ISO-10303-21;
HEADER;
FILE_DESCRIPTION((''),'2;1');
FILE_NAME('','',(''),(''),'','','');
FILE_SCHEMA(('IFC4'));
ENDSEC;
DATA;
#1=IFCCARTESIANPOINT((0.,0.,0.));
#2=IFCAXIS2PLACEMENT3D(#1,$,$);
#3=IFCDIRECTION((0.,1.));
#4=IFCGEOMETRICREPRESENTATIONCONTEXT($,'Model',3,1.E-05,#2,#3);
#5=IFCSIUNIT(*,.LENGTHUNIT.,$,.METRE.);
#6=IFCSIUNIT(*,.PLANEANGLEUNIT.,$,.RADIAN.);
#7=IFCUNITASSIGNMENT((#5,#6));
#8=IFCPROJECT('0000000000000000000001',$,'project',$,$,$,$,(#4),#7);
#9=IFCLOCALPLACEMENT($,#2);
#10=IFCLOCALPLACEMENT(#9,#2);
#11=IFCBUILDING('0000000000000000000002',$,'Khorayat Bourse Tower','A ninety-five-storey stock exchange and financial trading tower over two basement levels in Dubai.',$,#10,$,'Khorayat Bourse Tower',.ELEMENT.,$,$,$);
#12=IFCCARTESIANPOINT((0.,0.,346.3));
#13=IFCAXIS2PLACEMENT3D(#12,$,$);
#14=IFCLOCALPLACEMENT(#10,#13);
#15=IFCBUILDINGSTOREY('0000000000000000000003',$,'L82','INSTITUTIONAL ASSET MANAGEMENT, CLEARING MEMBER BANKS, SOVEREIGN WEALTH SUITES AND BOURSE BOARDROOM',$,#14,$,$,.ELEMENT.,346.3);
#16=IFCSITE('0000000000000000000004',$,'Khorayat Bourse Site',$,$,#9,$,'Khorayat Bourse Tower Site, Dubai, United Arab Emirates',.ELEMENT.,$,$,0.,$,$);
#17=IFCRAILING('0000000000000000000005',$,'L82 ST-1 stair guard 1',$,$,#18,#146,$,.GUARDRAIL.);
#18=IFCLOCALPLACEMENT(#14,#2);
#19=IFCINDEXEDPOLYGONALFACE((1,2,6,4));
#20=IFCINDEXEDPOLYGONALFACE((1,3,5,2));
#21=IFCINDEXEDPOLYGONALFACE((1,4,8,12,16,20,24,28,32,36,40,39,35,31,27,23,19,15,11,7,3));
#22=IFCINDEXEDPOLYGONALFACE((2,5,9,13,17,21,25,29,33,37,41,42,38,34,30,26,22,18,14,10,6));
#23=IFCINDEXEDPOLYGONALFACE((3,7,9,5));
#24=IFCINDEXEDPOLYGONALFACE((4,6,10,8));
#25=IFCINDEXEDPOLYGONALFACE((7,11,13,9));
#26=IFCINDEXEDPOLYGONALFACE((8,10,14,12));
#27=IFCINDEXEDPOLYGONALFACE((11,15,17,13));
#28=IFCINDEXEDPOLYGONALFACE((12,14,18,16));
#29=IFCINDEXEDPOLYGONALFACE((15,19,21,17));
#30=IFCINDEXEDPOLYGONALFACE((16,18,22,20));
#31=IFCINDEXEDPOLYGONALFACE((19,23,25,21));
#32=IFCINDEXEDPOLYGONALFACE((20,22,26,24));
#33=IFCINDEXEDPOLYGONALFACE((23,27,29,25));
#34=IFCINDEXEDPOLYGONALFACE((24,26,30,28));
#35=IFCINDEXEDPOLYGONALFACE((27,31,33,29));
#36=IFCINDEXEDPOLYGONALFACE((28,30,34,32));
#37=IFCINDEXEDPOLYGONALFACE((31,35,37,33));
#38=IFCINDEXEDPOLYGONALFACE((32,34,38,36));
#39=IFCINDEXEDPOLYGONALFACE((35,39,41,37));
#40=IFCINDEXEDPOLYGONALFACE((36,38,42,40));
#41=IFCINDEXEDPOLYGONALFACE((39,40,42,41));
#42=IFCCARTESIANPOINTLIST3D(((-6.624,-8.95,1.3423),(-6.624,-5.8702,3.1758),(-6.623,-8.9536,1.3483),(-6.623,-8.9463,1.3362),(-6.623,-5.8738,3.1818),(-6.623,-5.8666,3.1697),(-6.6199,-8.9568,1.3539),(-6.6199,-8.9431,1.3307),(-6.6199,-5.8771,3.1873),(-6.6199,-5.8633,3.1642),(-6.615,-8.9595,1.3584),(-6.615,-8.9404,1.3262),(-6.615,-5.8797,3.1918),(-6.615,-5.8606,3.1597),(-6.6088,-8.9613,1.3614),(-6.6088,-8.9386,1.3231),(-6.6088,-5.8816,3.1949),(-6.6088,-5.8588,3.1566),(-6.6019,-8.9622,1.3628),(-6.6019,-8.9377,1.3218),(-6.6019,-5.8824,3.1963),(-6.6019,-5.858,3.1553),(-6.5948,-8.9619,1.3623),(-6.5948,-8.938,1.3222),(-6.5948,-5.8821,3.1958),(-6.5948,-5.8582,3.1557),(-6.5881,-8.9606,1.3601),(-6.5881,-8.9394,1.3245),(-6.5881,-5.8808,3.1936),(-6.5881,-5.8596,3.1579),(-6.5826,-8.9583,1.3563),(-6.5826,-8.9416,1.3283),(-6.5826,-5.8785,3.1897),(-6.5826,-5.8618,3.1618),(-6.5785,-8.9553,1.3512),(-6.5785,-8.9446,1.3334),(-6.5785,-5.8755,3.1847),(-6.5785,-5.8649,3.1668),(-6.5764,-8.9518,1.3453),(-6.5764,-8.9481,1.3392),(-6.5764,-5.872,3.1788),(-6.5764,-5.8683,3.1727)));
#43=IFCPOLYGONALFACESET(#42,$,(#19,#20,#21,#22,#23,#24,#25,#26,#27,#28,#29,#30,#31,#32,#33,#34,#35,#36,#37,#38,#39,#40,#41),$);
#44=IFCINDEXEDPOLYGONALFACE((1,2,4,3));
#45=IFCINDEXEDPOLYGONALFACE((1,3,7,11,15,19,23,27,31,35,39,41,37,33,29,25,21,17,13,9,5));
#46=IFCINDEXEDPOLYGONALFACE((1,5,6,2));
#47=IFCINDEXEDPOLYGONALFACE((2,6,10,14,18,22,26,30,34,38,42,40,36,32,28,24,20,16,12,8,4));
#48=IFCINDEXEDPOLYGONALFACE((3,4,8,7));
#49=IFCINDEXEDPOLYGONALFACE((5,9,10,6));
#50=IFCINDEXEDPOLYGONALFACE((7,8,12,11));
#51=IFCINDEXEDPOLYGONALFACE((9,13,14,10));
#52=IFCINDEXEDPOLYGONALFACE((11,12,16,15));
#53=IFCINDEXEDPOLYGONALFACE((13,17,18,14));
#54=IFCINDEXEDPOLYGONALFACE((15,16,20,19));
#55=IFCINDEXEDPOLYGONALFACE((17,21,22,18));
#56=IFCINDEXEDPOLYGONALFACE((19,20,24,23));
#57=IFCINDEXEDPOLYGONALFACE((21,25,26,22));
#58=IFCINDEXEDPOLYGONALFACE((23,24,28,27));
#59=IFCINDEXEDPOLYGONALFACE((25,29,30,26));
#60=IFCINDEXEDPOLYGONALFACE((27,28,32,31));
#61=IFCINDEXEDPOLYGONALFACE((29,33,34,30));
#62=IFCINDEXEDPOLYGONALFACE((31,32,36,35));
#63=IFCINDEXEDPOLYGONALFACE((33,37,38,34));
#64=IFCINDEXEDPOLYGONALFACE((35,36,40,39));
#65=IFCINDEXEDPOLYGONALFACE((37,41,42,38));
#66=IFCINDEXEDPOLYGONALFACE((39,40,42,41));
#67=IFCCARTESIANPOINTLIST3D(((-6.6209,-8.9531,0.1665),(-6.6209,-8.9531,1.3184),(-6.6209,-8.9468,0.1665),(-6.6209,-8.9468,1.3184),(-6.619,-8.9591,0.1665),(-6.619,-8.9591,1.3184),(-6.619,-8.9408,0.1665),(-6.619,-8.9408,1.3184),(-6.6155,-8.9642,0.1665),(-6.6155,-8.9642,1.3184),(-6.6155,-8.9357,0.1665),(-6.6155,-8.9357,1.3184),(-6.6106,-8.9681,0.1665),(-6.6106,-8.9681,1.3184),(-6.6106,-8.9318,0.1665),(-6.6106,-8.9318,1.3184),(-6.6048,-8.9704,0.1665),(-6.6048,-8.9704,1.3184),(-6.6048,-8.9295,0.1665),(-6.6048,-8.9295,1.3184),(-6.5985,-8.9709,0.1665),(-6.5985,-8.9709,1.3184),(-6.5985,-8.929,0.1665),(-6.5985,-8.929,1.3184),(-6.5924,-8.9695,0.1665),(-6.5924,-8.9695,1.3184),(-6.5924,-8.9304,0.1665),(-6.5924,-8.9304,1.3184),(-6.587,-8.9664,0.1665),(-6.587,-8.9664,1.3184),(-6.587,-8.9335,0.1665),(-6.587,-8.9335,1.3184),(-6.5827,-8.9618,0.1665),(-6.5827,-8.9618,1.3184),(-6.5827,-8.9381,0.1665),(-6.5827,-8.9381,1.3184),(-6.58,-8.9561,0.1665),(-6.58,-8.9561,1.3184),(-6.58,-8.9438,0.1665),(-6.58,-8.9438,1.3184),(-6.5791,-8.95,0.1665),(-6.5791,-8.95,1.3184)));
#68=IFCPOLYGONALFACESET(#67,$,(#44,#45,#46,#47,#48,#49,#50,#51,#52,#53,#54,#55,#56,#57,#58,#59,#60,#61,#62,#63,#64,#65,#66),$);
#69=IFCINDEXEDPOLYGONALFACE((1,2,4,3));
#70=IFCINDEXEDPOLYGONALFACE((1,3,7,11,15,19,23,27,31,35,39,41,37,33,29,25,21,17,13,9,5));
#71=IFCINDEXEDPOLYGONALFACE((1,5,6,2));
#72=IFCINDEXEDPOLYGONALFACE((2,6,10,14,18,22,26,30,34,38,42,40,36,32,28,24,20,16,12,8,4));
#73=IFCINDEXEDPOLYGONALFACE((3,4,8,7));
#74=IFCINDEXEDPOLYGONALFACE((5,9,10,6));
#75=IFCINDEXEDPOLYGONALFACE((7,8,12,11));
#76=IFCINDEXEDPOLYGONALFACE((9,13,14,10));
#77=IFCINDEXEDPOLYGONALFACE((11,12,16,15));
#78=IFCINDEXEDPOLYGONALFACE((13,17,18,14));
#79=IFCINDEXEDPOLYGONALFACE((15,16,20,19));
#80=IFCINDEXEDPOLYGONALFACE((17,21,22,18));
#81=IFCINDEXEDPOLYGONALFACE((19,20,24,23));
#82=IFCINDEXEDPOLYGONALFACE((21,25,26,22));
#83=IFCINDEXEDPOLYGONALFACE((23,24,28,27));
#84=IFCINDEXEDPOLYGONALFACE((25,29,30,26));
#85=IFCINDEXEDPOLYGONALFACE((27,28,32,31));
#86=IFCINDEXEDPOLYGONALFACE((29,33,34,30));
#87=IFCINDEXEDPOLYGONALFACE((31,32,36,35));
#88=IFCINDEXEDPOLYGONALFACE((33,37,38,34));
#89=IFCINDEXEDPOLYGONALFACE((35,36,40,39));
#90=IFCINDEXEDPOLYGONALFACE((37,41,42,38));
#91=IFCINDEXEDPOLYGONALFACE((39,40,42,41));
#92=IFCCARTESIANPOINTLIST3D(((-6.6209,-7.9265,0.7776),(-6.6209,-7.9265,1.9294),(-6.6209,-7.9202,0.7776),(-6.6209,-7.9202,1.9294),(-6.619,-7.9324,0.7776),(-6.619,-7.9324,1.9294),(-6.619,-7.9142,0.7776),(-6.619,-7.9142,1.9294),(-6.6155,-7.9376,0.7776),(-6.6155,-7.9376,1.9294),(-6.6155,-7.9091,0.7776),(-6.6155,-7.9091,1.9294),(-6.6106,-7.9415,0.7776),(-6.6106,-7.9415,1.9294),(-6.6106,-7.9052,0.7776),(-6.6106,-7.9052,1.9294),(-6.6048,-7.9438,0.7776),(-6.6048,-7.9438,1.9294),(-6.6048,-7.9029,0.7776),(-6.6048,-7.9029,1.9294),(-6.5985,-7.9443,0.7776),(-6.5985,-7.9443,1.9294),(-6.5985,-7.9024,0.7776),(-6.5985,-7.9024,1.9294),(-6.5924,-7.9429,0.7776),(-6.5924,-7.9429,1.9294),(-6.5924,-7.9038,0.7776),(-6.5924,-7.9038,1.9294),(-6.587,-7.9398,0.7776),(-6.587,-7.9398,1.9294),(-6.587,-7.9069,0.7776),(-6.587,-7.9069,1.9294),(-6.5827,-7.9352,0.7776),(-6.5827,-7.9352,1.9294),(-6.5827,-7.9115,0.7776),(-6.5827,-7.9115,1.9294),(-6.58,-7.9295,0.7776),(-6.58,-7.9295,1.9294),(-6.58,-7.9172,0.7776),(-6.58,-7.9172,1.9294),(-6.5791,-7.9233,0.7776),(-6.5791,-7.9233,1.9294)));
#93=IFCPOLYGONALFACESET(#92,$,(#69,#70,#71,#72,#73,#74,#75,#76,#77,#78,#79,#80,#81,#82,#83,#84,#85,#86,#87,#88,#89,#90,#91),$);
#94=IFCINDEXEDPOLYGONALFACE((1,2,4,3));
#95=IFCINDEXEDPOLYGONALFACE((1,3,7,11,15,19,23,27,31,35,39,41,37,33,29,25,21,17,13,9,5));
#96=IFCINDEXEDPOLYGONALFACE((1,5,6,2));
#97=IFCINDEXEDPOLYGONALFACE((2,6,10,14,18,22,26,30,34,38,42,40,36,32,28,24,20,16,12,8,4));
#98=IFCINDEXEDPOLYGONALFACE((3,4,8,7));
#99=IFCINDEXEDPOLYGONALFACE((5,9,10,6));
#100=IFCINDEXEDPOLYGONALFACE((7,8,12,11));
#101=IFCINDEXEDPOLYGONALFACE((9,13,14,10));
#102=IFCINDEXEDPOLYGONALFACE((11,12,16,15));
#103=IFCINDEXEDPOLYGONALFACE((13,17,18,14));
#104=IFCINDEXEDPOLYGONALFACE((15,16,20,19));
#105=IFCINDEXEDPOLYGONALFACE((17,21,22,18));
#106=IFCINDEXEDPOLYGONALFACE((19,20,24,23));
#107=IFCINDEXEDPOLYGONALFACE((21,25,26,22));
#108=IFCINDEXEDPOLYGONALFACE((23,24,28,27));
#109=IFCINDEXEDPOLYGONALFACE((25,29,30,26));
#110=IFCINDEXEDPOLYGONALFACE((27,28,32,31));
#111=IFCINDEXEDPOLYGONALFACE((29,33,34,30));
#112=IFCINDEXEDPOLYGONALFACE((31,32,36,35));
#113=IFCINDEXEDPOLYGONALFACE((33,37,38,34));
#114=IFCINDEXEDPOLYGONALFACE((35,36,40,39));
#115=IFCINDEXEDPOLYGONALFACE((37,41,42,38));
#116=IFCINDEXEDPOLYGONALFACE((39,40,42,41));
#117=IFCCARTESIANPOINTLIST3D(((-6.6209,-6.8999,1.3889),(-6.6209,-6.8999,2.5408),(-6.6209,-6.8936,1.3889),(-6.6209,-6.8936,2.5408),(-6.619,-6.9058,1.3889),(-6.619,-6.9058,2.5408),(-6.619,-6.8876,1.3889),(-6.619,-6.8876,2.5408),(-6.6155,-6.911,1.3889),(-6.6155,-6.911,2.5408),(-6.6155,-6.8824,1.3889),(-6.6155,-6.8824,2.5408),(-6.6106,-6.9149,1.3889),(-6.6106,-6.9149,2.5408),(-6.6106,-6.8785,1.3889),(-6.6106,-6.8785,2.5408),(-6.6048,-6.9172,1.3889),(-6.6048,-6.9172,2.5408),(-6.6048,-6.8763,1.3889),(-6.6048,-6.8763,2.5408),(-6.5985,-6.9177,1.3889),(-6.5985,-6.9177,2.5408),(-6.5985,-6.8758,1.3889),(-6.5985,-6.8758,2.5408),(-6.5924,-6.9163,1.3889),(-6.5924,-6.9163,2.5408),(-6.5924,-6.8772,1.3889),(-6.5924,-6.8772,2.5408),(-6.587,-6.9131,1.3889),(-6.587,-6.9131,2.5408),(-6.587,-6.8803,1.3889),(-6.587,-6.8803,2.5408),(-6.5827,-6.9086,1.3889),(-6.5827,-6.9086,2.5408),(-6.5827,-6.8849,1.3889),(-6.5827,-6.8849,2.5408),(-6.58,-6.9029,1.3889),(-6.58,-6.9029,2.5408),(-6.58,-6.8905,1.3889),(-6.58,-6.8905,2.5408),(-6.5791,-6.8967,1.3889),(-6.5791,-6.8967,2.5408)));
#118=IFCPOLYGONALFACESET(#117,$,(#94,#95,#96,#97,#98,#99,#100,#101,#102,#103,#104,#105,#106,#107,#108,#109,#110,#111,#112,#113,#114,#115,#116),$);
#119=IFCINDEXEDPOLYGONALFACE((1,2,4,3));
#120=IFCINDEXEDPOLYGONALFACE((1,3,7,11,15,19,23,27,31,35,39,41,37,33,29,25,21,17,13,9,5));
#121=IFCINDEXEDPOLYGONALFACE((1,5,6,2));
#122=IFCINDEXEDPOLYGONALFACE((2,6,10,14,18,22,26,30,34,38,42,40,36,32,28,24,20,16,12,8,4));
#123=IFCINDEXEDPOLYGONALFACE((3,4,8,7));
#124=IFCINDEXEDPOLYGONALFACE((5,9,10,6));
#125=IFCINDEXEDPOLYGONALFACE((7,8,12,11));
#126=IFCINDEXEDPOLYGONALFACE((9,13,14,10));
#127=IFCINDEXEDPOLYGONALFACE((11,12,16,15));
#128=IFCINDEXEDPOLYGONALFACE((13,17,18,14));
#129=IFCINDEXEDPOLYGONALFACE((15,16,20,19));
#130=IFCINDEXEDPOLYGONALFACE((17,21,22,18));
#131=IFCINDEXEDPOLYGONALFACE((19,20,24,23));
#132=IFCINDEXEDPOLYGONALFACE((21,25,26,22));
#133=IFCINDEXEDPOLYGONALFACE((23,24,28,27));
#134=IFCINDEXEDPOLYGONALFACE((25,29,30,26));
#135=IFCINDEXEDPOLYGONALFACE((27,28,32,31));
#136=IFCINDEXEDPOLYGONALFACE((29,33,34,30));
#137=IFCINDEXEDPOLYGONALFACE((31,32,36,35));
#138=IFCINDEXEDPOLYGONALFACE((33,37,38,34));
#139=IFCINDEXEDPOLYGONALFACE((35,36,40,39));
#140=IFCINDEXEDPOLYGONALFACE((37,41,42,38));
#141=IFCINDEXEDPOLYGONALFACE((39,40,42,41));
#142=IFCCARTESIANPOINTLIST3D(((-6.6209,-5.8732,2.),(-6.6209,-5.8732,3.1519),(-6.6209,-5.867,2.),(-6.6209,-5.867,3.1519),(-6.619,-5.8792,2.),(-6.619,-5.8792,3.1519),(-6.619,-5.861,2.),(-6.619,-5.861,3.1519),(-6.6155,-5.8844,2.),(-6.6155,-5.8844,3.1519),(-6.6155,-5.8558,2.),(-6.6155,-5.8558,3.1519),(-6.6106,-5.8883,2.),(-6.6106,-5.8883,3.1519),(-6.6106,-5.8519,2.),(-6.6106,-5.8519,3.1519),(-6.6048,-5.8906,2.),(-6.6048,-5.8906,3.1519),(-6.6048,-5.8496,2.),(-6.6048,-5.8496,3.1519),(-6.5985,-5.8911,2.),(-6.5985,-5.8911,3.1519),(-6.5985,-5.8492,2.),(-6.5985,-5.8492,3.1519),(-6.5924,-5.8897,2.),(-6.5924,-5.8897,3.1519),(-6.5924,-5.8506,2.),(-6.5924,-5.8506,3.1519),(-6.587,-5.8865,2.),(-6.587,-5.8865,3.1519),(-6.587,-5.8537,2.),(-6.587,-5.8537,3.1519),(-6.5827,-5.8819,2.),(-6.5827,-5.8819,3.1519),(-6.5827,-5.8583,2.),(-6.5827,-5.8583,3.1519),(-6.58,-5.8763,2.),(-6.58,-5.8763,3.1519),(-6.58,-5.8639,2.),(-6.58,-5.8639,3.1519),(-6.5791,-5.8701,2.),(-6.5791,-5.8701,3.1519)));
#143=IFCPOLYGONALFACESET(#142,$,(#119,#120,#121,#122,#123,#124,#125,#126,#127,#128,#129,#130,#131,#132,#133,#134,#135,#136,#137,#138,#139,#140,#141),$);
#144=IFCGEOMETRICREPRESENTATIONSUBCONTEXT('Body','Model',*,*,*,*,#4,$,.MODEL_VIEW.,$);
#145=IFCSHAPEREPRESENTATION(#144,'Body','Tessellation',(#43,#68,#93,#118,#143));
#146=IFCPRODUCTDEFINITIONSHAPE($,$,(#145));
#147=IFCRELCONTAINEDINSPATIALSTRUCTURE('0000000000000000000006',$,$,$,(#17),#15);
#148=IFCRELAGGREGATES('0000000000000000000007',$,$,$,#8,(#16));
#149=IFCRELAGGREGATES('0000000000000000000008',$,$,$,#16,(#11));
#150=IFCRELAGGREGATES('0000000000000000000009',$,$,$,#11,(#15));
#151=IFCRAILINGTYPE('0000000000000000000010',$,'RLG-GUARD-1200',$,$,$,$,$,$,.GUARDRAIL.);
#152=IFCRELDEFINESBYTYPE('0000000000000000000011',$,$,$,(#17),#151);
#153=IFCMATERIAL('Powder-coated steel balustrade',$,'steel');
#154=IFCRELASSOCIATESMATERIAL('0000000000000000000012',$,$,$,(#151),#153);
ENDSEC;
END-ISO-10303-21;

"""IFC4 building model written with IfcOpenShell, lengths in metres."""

from ifc_helpers import new_model, si_unit, direction, frame, origin, origin_2d, place, context, subcontext, project, spatial, circle, extrude, source, transform, mapped, material, type_object, element, save


model = new_model("IFC4")

# Units and contexts
model_context = context("Model", 3, precision=1e-05, world=origin(), true_north=direction((0.0, 1.0)))
body_context = subcontext(model_context, "Body", "Model", "MODEL_VIEW")
ifc_project = project(units=[si_unit("LENGTHUNIT", "METRE"), si_unit("PLANEANGLEUNIT", "RADIAN")], contexts=[model_context])

# Site, building, storey
site_placement = place(None, origin())
site = spatial("IfcSite", under=ifc_project, at=site_placement, Name="Khorayat Bourse Site", LongName="Khorayat Bourse Tower Site, Dubai, United Arab Emirates", CompositionType="ELEMENT", RefElevation=0.0)
building_placement = place(site_placement, origin())
building = spatial("IfcBuilding", under=site, at=building_placement, Name="Khorayat Bourse Tower", Description="A ninety-five-storey stock exchange and financial trading tower over two basement levels in Dubai.", LongName="Khorayat Bourse Tower", CompositionType="ELEMENT")
storey_placement = place(building_placement, frame((0.0, 0.0, 346.3)))
storey = spatial("IfcBuildingStorey", under=building, at=storey_placement, Name="L82", Description="INSTITUTIONAL ASSET MANAGEMENT, CLEARING MEMBER BANKS, SOVEREIGN WEALTH SUITES AND BOURSE BOARDROOM", CompositionType="ELEMENT", Elevation=346.3)

# Railing
ifc_material_1 = material(Name="Powder-coated steel balustrade", Category="steel")
railing_type_1 = type_object("IfcRailingType", Name="RLG-GUARD-1200", PredefinedType="GUARDRAIL", material=ifc_material_1)
shared_shape_1 = source(origin(), body_context, "Body", "SweptSolid", [
    extrude(circle(Radius=0.0239, at=origin_2d()), frame((0.0, 0.0, 1.1758), z_axis=(0.0, 0.859261, 0.511538), x_axis=(-1.0, 0.0, 0.0)), (0.0, 0.0, 1.0), 3.5842),
    extrude(circle(Radius=0.021, at=origin_2d()), origin(), (0.0, 0.0, 1.0), 1.1519),
    extrude(circle(Radius=0.021, at=origin_2d()), frame((0.0, 1.0266, 0.6111)), (0.0, 0.0, 1.0), 1.1519),
    extrude(circle(Radius=0.021, at=origin_2d()), frame((0.0, 2.0532, 1.2224)), (0.0, 0.0, 1.0), 1.1519),
    extrude(circle(Radius=0.021, at=origin_2d()), frame((0.0, 3.0798, 1.8335)), (0.0, 0.0, 1.0), 1.1519),
])
railing_1_placement = place(storey_placement, frame((-6.6001, -8.95, 0.1665)))
element("IfcRailing", 1, at=railing_1_placement, inside=storey, type_object=railing_type_1, Name="L82 ST-1 stair guard 1", PredefinedType="GUARDRAIL", context=body_context, shape_type="MappedRepresentation", body=[
    mapped(shared_shape_1, transform((0.0, 0.0, 0.0), scale=1.0)),
])

save(model, "model.ifc")
